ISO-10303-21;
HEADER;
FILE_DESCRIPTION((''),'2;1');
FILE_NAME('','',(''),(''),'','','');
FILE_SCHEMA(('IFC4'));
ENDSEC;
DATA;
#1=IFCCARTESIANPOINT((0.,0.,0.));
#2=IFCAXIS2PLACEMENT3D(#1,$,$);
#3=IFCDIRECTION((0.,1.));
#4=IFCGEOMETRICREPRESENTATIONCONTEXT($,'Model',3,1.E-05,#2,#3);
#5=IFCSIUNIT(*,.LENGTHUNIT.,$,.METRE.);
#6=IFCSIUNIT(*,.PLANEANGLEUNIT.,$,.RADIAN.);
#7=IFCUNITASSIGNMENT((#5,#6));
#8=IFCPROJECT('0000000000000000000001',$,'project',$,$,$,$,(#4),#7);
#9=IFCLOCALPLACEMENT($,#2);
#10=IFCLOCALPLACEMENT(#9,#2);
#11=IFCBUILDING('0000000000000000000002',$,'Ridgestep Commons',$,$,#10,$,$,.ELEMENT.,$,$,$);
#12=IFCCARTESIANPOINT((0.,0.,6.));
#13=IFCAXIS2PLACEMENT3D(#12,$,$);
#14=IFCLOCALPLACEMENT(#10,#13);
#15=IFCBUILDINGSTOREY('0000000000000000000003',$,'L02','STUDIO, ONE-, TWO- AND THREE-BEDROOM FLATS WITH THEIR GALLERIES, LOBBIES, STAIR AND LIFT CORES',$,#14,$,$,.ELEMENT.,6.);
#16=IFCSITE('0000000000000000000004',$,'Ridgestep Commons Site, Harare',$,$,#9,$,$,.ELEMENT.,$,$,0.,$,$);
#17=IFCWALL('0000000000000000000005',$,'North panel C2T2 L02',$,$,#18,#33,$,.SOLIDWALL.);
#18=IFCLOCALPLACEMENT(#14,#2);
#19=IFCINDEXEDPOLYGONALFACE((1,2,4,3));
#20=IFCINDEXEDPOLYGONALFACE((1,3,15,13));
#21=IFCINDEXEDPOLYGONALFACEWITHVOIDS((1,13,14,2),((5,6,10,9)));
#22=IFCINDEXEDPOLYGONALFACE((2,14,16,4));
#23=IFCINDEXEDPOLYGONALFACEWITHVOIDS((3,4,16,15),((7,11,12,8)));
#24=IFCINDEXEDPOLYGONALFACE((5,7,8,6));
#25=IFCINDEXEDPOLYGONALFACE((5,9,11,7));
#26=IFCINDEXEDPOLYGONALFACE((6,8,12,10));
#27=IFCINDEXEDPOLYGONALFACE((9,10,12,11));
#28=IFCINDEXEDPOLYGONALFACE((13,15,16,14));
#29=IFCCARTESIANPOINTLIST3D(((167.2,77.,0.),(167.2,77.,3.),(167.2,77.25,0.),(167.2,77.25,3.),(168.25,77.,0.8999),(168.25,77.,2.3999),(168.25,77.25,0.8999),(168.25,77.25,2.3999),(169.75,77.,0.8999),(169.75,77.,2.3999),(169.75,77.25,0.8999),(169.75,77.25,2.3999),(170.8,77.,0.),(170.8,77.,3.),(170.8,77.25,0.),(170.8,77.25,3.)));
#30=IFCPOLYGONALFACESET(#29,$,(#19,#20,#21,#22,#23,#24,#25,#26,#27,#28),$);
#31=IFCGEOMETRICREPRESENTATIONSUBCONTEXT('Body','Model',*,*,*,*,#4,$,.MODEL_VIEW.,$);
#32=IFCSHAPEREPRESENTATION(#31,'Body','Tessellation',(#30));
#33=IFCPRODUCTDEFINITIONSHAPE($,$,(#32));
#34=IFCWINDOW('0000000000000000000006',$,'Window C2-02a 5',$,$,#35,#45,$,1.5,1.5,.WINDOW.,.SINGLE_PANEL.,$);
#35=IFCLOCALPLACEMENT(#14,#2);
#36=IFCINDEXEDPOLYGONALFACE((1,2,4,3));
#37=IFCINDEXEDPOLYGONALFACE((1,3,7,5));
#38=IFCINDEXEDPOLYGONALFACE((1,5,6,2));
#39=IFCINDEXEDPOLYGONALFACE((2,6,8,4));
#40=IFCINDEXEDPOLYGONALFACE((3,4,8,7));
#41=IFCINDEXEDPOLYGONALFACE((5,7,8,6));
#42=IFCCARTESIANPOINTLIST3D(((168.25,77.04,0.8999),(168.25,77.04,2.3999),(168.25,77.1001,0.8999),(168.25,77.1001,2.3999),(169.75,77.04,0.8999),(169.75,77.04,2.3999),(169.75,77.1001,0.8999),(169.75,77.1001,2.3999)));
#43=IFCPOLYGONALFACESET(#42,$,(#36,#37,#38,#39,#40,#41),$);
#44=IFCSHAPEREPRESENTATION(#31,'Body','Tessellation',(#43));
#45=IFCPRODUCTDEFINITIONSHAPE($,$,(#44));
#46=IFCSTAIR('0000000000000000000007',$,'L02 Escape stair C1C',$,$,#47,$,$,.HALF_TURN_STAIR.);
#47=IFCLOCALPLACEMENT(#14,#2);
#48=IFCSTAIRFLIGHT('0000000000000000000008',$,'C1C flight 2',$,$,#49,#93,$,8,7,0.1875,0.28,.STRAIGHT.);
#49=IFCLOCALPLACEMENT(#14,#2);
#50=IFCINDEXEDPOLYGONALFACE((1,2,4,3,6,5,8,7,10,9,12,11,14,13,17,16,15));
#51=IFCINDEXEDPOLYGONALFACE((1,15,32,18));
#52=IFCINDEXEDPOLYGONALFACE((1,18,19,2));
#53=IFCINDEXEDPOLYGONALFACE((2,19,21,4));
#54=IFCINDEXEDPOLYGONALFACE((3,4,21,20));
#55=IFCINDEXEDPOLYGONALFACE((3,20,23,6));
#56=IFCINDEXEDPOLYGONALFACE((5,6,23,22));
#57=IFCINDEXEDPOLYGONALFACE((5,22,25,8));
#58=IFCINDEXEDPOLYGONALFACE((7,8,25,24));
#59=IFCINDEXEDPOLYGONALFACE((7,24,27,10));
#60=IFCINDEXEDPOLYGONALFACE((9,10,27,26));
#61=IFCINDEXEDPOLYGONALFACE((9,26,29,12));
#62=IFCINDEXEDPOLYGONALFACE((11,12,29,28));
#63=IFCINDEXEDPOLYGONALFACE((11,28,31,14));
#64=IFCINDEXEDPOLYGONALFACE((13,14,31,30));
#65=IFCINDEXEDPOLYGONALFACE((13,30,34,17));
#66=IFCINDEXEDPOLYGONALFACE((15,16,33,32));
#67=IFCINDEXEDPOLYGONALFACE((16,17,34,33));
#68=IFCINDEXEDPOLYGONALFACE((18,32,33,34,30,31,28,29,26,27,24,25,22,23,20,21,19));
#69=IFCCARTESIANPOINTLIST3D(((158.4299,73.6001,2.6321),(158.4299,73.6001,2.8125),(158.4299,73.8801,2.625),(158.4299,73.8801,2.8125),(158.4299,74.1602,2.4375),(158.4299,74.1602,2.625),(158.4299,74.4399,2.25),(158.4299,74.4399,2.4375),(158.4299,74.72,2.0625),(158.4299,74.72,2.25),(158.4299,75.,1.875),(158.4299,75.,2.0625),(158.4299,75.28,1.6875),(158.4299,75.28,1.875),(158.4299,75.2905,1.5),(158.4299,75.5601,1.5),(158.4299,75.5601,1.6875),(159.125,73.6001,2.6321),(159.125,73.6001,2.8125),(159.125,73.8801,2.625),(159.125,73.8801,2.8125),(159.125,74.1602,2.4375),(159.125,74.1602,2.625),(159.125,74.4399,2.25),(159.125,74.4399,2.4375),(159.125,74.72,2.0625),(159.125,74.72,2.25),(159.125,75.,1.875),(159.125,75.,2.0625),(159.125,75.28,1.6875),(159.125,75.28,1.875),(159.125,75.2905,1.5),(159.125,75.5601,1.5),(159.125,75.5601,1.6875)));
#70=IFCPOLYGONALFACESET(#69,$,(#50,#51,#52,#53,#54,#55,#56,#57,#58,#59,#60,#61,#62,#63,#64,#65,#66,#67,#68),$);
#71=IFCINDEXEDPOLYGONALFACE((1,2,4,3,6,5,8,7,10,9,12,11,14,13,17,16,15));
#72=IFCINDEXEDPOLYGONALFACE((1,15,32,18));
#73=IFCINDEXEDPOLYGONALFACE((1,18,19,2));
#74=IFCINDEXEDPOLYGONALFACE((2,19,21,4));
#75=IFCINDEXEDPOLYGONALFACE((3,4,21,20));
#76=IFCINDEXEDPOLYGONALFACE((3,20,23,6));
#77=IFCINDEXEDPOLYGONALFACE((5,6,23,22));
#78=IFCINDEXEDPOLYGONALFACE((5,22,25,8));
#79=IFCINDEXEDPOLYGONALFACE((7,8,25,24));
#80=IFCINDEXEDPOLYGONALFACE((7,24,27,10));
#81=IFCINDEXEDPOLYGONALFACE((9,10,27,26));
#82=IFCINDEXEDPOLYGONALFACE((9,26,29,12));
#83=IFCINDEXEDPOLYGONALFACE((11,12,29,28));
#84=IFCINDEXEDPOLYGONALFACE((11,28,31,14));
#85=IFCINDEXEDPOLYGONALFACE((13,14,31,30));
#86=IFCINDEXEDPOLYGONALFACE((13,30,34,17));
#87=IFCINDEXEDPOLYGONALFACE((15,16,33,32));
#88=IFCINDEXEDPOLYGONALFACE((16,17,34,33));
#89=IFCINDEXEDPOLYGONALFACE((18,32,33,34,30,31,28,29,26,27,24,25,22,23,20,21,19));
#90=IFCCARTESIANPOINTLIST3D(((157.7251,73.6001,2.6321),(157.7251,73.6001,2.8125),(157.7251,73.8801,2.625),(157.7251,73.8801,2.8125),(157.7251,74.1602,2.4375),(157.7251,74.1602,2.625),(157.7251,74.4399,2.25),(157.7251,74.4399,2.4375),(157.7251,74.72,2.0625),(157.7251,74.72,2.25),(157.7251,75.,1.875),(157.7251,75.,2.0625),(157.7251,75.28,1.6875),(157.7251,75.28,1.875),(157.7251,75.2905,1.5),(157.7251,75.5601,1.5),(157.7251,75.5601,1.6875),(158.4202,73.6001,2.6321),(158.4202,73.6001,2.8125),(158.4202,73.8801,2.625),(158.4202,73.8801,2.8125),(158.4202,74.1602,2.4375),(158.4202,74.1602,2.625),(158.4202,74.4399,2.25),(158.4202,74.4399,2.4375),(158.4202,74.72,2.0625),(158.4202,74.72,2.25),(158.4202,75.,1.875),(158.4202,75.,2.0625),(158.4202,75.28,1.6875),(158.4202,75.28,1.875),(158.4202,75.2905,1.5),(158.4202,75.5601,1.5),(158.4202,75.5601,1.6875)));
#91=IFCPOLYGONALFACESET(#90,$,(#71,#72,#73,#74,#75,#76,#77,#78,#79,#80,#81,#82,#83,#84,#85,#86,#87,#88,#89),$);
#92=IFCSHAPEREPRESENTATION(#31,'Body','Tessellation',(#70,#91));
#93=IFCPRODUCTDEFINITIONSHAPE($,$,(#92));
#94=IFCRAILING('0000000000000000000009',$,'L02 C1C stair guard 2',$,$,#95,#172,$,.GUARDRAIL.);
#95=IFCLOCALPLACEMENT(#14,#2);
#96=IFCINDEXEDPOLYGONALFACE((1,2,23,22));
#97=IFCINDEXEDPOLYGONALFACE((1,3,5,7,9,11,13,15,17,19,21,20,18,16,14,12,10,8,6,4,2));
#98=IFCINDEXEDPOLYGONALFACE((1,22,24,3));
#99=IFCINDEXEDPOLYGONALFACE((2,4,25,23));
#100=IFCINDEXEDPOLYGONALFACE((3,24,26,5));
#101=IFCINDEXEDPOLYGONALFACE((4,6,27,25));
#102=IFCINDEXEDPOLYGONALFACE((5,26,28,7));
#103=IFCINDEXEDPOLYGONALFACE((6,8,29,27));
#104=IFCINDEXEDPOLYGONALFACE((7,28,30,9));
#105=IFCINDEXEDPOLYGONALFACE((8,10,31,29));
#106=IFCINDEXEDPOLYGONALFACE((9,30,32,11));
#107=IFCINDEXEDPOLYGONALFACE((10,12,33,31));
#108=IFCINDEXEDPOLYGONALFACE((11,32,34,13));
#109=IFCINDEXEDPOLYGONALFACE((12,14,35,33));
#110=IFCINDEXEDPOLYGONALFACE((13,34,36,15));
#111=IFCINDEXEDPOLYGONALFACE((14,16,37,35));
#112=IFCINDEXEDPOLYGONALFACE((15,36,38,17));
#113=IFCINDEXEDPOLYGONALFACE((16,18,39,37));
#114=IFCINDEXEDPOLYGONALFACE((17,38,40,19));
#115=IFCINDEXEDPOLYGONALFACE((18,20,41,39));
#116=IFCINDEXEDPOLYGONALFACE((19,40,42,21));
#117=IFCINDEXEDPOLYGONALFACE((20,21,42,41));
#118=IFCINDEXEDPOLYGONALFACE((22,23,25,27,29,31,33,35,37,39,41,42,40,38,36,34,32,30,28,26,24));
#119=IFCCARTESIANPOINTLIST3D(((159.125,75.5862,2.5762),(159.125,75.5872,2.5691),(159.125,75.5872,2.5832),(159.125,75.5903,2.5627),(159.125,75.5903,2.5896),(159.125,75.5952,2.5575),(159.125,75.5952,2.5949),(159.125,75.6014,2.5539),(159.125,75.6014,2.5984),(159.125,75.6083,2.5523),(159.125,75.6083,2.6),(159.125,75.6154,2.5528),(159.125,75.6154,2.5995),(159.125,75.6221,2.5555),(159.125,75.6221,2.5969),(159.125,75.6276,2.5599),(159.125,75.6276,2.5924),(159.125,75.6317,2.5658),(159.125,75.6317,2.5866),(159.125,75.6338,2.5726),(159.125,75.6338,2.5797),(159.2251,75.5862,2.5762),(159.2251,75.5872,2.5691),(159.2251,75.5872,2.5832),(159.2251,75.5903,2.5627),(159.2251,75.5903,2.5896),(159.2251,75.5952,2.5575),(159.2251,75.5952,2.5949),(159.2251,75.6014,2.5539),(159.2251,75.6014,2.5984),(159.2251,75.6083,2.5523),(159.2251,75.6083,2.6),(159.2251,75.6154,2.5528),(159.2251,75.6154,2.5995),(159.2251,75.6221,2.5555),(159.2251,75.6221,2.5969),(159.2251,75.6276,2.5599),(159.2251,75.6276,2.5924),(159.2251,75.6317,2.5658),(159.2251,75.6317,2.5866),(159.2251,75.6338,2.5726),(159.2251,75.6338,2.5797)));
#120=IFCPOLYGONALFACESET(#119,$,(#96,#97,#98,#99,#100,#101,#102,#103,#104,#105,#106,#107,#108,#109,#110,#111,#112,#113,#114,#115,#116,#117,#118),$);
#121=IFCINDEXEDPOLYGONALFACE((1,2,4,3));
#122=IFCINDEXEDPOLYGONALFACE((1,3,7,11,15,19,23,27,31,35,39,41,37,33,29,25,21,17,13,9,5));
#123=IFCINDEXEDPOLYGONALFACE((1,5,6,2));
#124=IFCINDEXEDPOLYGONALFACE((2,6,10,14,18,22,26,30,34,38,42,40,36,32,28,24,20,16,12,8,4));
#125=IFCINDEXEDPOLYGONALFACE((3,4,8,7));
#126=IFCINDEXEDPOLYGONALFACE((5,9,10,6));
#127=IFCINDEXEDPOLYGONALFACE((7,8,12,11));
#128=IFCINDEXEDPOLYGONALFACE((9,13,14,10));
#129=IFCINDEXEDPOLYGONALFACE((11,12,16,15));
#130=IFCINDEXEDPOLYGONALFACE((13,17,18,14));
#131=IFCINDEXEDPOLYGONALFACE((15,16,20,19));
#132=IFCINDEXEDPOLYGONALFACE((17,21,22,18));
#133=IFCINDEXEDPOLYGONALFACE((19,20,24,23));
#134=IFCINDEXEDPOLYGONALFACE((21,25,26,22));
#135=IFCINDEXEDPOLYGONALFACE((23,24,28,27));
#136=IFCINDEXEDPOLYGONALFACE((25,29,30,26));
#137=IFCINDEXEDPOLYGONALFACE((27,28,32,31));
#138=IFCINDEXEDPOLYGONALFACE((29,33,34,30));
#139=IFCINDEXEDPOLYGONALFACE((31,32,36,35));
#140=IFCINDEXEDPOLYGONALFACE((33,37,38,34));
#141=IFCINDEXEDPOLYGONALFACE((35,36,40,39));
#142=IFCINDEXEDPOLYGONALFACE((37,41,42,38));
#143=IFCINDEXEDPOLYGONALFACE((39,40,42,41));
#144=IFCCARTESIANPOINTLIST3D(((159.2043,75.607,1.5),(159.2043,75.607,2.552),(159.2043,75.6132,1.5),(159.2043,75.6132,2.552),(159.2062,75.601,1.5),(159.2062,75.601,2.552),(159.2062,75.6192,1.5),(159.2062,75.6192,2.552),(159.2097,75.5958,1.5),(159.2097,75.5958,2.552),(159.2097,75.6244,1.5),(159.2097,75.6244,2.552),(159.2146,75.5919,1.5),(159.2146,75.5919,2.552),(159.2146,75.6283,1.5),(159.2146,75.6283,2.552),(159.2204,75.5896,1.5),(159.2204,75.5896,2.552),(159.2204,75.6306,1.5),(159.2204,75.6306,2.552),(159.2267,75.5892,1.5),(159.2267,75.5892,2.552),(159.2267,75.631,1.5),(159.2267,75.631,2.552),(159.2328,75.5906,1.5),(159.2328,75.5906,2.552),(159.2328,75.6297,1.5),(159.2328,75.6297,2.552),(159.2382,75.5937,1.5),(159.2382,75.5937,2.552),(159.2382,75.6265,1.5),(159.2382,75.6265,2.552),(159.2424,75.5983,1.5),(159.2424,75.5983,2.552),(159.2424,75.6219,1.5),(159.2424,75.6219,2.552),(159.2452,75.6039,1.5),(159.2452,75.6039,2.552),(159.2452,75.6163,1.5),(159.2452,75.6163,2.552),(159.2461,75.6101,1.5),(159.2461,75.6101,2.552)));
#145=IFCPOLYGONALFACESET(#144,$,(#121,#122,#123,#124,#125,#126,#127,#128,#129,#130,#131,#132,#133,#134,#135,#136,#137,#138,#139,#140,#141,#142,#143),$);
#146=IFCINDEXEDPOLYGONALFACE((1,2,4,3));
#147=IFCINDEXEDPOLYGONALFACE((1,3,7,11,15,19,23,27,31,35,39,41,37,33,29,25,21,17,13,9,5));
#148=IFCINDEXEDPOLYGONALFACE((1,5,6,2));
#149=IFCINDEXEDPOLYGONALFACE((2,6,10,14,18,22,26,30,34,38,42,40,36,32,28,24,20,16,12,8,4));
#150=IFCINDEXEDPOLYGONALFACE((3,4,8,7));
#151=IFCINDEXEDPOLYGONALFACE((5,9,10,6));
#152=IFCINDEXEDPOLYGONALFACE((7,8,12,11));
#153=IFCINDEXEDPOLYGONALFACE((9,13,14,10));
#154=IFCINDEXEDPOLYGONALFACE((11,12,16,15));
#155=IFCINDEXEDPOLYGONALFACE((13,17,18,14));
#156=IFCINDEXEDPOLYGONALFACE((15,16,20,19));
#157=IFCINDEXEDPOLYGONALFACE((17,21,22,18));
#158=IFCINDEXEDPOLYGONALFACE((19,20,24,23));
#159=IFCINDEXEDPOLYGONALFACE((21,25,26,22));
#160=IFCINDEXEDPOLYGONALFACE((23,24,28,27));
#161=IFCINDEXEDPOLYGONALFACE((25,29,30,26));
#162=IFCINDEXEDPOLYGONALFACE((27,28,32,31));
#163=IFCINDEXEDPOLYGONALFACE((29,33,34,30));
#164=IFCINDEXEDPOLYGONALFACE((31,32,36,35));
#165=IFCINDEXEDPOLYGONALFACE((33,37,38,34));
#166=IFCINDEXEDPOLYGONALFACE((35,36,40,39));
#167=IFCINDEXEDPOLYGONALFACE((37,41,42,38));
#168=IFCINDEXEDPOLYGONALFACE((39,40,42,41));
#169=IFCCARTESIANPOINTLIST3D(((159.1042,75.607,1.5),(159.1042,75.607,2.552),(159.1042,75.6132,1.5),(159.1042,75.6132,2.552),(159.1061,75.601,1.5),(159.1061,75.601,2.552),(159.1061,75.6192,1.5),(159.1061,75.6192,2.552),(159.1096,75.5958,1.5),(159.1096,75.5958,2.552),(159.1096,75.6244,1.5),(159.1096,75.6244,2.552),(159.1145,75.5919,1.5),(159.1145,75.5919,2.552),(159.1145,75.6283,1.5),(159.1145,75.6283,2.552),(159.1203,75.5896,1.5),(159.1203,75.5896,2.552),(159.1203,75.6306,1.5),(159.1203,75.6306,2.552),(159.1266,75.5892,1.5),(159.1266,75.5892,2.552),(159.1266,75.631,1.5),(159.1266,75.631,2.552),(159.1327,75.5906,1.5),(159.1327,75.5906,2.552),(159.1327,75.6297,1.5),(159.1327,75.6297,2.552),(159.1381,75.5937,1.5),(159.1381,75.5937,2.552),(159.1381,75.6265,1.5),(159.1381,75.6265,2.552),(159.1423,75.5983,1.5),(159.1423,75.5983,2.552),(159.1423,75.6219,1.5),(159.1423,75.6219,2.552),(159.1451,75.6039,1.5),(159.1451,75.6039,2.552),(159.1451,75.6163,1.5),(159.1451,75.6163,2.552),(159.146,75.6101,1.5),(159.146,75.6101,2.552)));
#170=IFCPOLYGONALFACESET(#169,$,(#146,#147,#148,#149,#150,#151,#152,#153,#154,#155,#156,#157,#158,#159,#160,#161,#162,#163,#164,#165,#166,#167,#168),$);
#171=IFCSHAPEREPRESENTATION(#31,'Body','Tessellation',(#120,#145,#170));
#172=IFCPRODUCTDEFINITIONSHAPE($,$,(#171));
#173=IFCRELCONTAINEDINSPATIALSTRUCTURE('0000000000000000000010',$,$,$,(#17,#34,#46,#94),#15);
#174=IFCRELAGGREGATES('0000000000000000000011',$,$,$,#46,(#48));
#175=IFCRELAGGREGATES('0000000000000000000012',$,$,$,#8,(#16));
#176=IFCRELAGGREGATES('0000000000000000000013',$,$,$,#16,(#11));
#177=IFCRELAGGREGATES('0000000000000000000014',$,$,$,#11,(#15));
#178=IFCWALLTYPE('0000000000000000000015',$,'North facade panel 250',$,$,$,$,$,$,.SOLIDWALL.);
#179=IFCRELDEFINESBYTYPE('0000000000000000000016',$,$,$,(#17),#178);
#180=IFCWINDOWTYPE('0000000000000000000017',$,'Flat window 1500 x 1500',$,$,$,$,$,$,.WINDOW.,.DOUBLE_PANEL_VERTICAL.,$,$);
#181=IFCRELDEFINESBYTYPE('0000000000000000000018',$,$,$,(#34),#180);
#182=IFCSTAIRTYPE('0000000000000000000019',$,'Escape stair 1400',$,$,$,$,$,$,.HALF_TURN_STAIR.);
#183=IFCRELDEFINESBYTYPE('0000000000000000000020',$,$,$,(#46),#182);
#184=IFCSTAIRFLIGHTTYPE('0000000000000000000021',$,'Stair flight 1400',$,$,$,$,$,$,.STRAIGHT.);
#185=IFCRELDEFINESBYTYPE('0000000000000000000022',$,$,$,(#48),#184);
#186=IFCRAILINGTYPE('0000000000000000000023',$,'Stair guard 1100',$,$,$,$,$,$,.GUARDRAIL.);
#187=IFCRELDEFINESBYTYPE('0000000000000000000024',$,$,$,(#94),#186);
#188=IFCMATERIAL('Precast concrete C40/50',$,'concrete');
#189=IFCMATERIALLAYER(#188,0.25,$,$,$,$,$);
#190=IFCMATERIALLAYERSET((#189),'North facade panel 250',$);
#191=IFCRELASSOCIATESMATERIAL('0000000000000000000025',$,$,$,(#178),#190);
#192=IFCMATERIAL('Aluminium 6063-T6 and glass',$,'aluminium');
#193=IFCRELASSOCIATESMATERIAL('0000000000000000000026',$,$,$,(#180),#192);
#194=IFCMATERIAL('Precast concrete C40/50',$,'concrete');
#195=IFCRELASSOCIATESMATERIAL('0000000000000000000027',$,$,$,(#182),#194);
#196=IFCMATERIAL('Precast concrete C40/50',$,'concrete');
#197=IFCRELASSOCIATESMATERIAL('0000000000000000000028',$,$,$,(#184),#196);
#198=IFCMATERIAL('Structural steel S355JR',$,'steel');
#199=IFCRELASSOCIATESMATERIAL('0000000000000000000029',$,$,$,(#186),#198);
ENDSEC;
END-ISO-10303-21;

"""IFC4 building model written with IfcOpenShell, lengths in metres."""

from ifc_helpers import new_model, si_unit, direction, frame, frame_2d, origin, origin_2d, place, context, subcontext, project, spatial, polyline, rectangle, circle, outline, extrude, material, layer, layer_set, type_object, element, fill, aggregate, save


model = new_model("IFC4")

# Units and contexts
model_context = context("Model", 3, precision=1e-05, world=origin(), true_north=direction((0.0, 1.0)))
body_context = subcontext(model_context, "Body", "Model", "MODEL_VIEW")
ifc_project = project(units=[si_unit("LENGTHUNIT", "METRE"), si_unit("PLANEANGLEUNIT", "RADIAN")], contexts=[model_context])

# Site, building, storey
site_placement = place(None, origin())
site = spatial("IfcSite", under=ifc_project, at=site_placement, Name="Ridgestep Commons Site, Harare", CompositionType="ELEMENT", RefElevation=0.0)
building_placement = place(site_placement, origin())
building = spatial("IfcBuilding", under=site, at=building_placement, Name="Ridgestep Commons", CompositionType="ELEMENT")
storey_placement = place(building_placement, frame((0.0, 0.0, 6.0)))
storey = spatial("IfcBuildingStorey", under=building, at=storey_placement, Name="L02", Description="STUDIO, ONE-, TWO- AND THREE-BEDROOM FLATS WITH THEIR GALLERIES, LOBBIES, STAIR AND LIFT CORES", CompositionType="ELEMENT", Elevation=6.0)

# Shared definitions
ifc_material_1 = material(Name="Precast concrete C40/50", Category="concrete")
ifc_layer_1 = layer(ifc_material_1, 0.25)
ifc_layer_set_1 = layer_set([ifc_layer_1], Name="North facade panel 250")
wall_type_1 = type_object("IfcWallType", Name="North facade panel 250", PredefinedType="SOLIDWALL", material=ifc_layer_set_1)

# Wall, opening, window
ifc_material_2 = material(Name="Aluminium 6063-T6 and glass", Category="aluminium")
window_type = type_object("IfcWindowType", Name="Flat window 1500 x 1500", PartitioningType="DOUBLE_PANEL_VERTICAL", PredefinedType="WINDOW", material=ifc_material_2)
wall_1_placement = place(storey_placement, frame((167.2, 77.125, 0.0), z_axis=(0.0, 0.0, 1.0), x_axis=(1.0, 0.0, 0.0)))
wall_1 = element("IfcWall", 1, at=wall_1_placement, inside=storey, type_object=wall_type_1, Name="North panel C2T2 L02", PredefinedType="SOLIDWALL", context=body_context, shape_type="SweptSolid", body=[
    extrude(rectangle(XDim=3.6001, YDim=0.25, at=frame_2d((1.8, 0.0))), origin(), (0.0, 0.0, 1.0), 3.0),
])
opening_1_placement = place(wall_1_placement, frame((1.05, 0.0, 0.8999)))
opening_1 = element("IfcOpeningElement", 2, at=opening_1_placement, cuts=wall_1, PredefinedType="OPENING", context=body_context, shape_type="SweptSolid", body=[
    extrude(rectangle(XDim=1.5, YDim=1.5, at=frame_2d((0.75, 0.75))), frame((0.0, 0.135, 0.0), z_axis=(0.0, -1.0, 0.0), x_axis=(1.0, 0.0, 0.0)), (0.0, 0.0, 1.0), 0.27),
])
window_1_placement = place(opening_1_placement, origin())
window_1 = element("IfcWindow", 3, at=window_1_placement, inside=storey, type_object=window_type, Name="Window C2-02a 5", OverallHeight=1.5, OverallWidth=1.5, PartitioningType="SINGLE_PANEL", PredefinedType="WINDOW", context=body_context, shape_type="SweptSolid", body=[
    extrude(rectangle(XDim=1.5, YDim=1.5, at=frame_2d((0.75, 0.75))), frame((0.0, -0.0249, 0.0), z_axis=(0.0, -1.0, 0.0), x_axis=(1.0, 0.0, 0.0)), (0.0, 0.0, 1.0), 0.0601),
])
fill(opening_1, window_1)

# Stair, stair flight
ifc_material_3 = material(Name="Precast concrete C40/50", Category="concrete")
stair_type = type_object("IfcStairType", Name="Escape stair 1400", PredefinedType="HALF_TURN_STAIR", material=ifc_material_3)
stair_placement = place(storey_placement, origin())
stair = element("IfcStair", 4, at=stair_placement, inside=storey, type_object=stair_type, Name="L02 Escape stair C1C", PredefinedType="HALF_TURN_STAIR")
ifc_material_4 = material(Name="Precast concrete C40/50", Category="concrete")
stair_flight_type = type_object("IfcStairFlightType", Name="Stair flight 1400", PredefinedType="STRAIGHT", material=ifc_material_4)
stair_flight_placement = place(storey_placement, frame((158.425, 75.5601, 1.5), z_axis=(0.0, 0.0, 1.0), x_axis=(0.0, -1.0, 0.0)))
stair_flight = element("IfcStairFlight", 5, at=stair_flight_placement, type_object=stair_flight_type, Name="C1C flight 2", NumberOfRisers=8, NumberOfTreads=7, PredefinedType="STRAIGHT", RiserHeight=0.1875, TreadLength=0.28, context=body_context, shape_type="SweptSolid", body=[
    extrude(outline(polyline([(0.0, 0.0), (0.0, 0.1875), (0.28, 0.1875), (0.28, 0.375), (0.5601, 0.375), (0.5601, 0.5625), (0.8401, 0.5625), (0.8401, 0.75), (1.1201, 0.75), (1.1201, 0.9375), (1.3999, 0.9375), (1.3999, 1.125), (1.6799, 1.125), (1.6799, 1.3125), (1.96, 1.3125), (1.96, 1.5), (1.96, 1.1321), (0.2695, 0.0), (0.0, 0.0)])), frame((0.0, 0.7, 0.0), z_axis=(0.0, -1.0, 0.0), x_axis=(1.0, 0.0, 0.0)), (0.0, 0.0, 1.0), 0.6951),
    extrude(outline(polyline([(0.0, 0.0), (0.0, 0.1875), (0.28, 0.1875), (0.28, 0.375), (0.5601, 0.375), (0.5601, 0.5625), (0.8401, 0.5625), (0.8401, 0.75), (1.1201, 0.75), (1.1201, 0.9375), (1.3999, 0.9375), (1.3999, 1.125), (1.6799, 1.125), (1.6799, 1.3125), (1.96, 1.3125), (1.96, 1.5), (1.96, 1.1321), (0.2695, 0.0), (0.0, 0.0)])), frame((0.0, -0.0049, 0.0), z_axis=(0.0, -1.0, 0.0), x_axis=(1.0, 0.0, 0.0)), (0.0, 0.0, 1.0), 0.6951),
])
aggregate(stair, [stair_flight])

# Railing
ifc_material_5 = material(Name="Structural steel S355JR", Category="steel")
railing_type = type_object("IfcRailingType", Name="Stair guard 1100", PredefinedType="GUARDRAIL", material=ifc_material_5)
railing_1_placement = place(storey_placement, frame((159.2251, 75.6101, 1.5)))
element("IfcRailing", 6, at=railing_1_placement, inside=storey, type_object=railing_type, Name="L02 C1C stair guard 2", PredefinedType="GUARDRAIL", context=body_context, shape_type="SweptSolid", body=[
    extrude(circle(Radius=0.0239, at=origin_2d()), frame((0.0, 0.0, 1.0762), z_axis=(-1.0, 0.0, 0.0), x_axis=(0.0, -1.0, 0.0)), (0.0, 0.0, 1.0), 0.1001),
    extrude(circle(Radius=0.021, at=origin_2d()), origin(), (0.0, 0.0, 1.0), 1.052),
    extrude(circle(Radius=0.021, at=origin_2d()), frame((-0.1001, 0.0, 0.0)), (0.0, 0.0, 1.0), 1.052),
])

save(model, "model.ifc")
